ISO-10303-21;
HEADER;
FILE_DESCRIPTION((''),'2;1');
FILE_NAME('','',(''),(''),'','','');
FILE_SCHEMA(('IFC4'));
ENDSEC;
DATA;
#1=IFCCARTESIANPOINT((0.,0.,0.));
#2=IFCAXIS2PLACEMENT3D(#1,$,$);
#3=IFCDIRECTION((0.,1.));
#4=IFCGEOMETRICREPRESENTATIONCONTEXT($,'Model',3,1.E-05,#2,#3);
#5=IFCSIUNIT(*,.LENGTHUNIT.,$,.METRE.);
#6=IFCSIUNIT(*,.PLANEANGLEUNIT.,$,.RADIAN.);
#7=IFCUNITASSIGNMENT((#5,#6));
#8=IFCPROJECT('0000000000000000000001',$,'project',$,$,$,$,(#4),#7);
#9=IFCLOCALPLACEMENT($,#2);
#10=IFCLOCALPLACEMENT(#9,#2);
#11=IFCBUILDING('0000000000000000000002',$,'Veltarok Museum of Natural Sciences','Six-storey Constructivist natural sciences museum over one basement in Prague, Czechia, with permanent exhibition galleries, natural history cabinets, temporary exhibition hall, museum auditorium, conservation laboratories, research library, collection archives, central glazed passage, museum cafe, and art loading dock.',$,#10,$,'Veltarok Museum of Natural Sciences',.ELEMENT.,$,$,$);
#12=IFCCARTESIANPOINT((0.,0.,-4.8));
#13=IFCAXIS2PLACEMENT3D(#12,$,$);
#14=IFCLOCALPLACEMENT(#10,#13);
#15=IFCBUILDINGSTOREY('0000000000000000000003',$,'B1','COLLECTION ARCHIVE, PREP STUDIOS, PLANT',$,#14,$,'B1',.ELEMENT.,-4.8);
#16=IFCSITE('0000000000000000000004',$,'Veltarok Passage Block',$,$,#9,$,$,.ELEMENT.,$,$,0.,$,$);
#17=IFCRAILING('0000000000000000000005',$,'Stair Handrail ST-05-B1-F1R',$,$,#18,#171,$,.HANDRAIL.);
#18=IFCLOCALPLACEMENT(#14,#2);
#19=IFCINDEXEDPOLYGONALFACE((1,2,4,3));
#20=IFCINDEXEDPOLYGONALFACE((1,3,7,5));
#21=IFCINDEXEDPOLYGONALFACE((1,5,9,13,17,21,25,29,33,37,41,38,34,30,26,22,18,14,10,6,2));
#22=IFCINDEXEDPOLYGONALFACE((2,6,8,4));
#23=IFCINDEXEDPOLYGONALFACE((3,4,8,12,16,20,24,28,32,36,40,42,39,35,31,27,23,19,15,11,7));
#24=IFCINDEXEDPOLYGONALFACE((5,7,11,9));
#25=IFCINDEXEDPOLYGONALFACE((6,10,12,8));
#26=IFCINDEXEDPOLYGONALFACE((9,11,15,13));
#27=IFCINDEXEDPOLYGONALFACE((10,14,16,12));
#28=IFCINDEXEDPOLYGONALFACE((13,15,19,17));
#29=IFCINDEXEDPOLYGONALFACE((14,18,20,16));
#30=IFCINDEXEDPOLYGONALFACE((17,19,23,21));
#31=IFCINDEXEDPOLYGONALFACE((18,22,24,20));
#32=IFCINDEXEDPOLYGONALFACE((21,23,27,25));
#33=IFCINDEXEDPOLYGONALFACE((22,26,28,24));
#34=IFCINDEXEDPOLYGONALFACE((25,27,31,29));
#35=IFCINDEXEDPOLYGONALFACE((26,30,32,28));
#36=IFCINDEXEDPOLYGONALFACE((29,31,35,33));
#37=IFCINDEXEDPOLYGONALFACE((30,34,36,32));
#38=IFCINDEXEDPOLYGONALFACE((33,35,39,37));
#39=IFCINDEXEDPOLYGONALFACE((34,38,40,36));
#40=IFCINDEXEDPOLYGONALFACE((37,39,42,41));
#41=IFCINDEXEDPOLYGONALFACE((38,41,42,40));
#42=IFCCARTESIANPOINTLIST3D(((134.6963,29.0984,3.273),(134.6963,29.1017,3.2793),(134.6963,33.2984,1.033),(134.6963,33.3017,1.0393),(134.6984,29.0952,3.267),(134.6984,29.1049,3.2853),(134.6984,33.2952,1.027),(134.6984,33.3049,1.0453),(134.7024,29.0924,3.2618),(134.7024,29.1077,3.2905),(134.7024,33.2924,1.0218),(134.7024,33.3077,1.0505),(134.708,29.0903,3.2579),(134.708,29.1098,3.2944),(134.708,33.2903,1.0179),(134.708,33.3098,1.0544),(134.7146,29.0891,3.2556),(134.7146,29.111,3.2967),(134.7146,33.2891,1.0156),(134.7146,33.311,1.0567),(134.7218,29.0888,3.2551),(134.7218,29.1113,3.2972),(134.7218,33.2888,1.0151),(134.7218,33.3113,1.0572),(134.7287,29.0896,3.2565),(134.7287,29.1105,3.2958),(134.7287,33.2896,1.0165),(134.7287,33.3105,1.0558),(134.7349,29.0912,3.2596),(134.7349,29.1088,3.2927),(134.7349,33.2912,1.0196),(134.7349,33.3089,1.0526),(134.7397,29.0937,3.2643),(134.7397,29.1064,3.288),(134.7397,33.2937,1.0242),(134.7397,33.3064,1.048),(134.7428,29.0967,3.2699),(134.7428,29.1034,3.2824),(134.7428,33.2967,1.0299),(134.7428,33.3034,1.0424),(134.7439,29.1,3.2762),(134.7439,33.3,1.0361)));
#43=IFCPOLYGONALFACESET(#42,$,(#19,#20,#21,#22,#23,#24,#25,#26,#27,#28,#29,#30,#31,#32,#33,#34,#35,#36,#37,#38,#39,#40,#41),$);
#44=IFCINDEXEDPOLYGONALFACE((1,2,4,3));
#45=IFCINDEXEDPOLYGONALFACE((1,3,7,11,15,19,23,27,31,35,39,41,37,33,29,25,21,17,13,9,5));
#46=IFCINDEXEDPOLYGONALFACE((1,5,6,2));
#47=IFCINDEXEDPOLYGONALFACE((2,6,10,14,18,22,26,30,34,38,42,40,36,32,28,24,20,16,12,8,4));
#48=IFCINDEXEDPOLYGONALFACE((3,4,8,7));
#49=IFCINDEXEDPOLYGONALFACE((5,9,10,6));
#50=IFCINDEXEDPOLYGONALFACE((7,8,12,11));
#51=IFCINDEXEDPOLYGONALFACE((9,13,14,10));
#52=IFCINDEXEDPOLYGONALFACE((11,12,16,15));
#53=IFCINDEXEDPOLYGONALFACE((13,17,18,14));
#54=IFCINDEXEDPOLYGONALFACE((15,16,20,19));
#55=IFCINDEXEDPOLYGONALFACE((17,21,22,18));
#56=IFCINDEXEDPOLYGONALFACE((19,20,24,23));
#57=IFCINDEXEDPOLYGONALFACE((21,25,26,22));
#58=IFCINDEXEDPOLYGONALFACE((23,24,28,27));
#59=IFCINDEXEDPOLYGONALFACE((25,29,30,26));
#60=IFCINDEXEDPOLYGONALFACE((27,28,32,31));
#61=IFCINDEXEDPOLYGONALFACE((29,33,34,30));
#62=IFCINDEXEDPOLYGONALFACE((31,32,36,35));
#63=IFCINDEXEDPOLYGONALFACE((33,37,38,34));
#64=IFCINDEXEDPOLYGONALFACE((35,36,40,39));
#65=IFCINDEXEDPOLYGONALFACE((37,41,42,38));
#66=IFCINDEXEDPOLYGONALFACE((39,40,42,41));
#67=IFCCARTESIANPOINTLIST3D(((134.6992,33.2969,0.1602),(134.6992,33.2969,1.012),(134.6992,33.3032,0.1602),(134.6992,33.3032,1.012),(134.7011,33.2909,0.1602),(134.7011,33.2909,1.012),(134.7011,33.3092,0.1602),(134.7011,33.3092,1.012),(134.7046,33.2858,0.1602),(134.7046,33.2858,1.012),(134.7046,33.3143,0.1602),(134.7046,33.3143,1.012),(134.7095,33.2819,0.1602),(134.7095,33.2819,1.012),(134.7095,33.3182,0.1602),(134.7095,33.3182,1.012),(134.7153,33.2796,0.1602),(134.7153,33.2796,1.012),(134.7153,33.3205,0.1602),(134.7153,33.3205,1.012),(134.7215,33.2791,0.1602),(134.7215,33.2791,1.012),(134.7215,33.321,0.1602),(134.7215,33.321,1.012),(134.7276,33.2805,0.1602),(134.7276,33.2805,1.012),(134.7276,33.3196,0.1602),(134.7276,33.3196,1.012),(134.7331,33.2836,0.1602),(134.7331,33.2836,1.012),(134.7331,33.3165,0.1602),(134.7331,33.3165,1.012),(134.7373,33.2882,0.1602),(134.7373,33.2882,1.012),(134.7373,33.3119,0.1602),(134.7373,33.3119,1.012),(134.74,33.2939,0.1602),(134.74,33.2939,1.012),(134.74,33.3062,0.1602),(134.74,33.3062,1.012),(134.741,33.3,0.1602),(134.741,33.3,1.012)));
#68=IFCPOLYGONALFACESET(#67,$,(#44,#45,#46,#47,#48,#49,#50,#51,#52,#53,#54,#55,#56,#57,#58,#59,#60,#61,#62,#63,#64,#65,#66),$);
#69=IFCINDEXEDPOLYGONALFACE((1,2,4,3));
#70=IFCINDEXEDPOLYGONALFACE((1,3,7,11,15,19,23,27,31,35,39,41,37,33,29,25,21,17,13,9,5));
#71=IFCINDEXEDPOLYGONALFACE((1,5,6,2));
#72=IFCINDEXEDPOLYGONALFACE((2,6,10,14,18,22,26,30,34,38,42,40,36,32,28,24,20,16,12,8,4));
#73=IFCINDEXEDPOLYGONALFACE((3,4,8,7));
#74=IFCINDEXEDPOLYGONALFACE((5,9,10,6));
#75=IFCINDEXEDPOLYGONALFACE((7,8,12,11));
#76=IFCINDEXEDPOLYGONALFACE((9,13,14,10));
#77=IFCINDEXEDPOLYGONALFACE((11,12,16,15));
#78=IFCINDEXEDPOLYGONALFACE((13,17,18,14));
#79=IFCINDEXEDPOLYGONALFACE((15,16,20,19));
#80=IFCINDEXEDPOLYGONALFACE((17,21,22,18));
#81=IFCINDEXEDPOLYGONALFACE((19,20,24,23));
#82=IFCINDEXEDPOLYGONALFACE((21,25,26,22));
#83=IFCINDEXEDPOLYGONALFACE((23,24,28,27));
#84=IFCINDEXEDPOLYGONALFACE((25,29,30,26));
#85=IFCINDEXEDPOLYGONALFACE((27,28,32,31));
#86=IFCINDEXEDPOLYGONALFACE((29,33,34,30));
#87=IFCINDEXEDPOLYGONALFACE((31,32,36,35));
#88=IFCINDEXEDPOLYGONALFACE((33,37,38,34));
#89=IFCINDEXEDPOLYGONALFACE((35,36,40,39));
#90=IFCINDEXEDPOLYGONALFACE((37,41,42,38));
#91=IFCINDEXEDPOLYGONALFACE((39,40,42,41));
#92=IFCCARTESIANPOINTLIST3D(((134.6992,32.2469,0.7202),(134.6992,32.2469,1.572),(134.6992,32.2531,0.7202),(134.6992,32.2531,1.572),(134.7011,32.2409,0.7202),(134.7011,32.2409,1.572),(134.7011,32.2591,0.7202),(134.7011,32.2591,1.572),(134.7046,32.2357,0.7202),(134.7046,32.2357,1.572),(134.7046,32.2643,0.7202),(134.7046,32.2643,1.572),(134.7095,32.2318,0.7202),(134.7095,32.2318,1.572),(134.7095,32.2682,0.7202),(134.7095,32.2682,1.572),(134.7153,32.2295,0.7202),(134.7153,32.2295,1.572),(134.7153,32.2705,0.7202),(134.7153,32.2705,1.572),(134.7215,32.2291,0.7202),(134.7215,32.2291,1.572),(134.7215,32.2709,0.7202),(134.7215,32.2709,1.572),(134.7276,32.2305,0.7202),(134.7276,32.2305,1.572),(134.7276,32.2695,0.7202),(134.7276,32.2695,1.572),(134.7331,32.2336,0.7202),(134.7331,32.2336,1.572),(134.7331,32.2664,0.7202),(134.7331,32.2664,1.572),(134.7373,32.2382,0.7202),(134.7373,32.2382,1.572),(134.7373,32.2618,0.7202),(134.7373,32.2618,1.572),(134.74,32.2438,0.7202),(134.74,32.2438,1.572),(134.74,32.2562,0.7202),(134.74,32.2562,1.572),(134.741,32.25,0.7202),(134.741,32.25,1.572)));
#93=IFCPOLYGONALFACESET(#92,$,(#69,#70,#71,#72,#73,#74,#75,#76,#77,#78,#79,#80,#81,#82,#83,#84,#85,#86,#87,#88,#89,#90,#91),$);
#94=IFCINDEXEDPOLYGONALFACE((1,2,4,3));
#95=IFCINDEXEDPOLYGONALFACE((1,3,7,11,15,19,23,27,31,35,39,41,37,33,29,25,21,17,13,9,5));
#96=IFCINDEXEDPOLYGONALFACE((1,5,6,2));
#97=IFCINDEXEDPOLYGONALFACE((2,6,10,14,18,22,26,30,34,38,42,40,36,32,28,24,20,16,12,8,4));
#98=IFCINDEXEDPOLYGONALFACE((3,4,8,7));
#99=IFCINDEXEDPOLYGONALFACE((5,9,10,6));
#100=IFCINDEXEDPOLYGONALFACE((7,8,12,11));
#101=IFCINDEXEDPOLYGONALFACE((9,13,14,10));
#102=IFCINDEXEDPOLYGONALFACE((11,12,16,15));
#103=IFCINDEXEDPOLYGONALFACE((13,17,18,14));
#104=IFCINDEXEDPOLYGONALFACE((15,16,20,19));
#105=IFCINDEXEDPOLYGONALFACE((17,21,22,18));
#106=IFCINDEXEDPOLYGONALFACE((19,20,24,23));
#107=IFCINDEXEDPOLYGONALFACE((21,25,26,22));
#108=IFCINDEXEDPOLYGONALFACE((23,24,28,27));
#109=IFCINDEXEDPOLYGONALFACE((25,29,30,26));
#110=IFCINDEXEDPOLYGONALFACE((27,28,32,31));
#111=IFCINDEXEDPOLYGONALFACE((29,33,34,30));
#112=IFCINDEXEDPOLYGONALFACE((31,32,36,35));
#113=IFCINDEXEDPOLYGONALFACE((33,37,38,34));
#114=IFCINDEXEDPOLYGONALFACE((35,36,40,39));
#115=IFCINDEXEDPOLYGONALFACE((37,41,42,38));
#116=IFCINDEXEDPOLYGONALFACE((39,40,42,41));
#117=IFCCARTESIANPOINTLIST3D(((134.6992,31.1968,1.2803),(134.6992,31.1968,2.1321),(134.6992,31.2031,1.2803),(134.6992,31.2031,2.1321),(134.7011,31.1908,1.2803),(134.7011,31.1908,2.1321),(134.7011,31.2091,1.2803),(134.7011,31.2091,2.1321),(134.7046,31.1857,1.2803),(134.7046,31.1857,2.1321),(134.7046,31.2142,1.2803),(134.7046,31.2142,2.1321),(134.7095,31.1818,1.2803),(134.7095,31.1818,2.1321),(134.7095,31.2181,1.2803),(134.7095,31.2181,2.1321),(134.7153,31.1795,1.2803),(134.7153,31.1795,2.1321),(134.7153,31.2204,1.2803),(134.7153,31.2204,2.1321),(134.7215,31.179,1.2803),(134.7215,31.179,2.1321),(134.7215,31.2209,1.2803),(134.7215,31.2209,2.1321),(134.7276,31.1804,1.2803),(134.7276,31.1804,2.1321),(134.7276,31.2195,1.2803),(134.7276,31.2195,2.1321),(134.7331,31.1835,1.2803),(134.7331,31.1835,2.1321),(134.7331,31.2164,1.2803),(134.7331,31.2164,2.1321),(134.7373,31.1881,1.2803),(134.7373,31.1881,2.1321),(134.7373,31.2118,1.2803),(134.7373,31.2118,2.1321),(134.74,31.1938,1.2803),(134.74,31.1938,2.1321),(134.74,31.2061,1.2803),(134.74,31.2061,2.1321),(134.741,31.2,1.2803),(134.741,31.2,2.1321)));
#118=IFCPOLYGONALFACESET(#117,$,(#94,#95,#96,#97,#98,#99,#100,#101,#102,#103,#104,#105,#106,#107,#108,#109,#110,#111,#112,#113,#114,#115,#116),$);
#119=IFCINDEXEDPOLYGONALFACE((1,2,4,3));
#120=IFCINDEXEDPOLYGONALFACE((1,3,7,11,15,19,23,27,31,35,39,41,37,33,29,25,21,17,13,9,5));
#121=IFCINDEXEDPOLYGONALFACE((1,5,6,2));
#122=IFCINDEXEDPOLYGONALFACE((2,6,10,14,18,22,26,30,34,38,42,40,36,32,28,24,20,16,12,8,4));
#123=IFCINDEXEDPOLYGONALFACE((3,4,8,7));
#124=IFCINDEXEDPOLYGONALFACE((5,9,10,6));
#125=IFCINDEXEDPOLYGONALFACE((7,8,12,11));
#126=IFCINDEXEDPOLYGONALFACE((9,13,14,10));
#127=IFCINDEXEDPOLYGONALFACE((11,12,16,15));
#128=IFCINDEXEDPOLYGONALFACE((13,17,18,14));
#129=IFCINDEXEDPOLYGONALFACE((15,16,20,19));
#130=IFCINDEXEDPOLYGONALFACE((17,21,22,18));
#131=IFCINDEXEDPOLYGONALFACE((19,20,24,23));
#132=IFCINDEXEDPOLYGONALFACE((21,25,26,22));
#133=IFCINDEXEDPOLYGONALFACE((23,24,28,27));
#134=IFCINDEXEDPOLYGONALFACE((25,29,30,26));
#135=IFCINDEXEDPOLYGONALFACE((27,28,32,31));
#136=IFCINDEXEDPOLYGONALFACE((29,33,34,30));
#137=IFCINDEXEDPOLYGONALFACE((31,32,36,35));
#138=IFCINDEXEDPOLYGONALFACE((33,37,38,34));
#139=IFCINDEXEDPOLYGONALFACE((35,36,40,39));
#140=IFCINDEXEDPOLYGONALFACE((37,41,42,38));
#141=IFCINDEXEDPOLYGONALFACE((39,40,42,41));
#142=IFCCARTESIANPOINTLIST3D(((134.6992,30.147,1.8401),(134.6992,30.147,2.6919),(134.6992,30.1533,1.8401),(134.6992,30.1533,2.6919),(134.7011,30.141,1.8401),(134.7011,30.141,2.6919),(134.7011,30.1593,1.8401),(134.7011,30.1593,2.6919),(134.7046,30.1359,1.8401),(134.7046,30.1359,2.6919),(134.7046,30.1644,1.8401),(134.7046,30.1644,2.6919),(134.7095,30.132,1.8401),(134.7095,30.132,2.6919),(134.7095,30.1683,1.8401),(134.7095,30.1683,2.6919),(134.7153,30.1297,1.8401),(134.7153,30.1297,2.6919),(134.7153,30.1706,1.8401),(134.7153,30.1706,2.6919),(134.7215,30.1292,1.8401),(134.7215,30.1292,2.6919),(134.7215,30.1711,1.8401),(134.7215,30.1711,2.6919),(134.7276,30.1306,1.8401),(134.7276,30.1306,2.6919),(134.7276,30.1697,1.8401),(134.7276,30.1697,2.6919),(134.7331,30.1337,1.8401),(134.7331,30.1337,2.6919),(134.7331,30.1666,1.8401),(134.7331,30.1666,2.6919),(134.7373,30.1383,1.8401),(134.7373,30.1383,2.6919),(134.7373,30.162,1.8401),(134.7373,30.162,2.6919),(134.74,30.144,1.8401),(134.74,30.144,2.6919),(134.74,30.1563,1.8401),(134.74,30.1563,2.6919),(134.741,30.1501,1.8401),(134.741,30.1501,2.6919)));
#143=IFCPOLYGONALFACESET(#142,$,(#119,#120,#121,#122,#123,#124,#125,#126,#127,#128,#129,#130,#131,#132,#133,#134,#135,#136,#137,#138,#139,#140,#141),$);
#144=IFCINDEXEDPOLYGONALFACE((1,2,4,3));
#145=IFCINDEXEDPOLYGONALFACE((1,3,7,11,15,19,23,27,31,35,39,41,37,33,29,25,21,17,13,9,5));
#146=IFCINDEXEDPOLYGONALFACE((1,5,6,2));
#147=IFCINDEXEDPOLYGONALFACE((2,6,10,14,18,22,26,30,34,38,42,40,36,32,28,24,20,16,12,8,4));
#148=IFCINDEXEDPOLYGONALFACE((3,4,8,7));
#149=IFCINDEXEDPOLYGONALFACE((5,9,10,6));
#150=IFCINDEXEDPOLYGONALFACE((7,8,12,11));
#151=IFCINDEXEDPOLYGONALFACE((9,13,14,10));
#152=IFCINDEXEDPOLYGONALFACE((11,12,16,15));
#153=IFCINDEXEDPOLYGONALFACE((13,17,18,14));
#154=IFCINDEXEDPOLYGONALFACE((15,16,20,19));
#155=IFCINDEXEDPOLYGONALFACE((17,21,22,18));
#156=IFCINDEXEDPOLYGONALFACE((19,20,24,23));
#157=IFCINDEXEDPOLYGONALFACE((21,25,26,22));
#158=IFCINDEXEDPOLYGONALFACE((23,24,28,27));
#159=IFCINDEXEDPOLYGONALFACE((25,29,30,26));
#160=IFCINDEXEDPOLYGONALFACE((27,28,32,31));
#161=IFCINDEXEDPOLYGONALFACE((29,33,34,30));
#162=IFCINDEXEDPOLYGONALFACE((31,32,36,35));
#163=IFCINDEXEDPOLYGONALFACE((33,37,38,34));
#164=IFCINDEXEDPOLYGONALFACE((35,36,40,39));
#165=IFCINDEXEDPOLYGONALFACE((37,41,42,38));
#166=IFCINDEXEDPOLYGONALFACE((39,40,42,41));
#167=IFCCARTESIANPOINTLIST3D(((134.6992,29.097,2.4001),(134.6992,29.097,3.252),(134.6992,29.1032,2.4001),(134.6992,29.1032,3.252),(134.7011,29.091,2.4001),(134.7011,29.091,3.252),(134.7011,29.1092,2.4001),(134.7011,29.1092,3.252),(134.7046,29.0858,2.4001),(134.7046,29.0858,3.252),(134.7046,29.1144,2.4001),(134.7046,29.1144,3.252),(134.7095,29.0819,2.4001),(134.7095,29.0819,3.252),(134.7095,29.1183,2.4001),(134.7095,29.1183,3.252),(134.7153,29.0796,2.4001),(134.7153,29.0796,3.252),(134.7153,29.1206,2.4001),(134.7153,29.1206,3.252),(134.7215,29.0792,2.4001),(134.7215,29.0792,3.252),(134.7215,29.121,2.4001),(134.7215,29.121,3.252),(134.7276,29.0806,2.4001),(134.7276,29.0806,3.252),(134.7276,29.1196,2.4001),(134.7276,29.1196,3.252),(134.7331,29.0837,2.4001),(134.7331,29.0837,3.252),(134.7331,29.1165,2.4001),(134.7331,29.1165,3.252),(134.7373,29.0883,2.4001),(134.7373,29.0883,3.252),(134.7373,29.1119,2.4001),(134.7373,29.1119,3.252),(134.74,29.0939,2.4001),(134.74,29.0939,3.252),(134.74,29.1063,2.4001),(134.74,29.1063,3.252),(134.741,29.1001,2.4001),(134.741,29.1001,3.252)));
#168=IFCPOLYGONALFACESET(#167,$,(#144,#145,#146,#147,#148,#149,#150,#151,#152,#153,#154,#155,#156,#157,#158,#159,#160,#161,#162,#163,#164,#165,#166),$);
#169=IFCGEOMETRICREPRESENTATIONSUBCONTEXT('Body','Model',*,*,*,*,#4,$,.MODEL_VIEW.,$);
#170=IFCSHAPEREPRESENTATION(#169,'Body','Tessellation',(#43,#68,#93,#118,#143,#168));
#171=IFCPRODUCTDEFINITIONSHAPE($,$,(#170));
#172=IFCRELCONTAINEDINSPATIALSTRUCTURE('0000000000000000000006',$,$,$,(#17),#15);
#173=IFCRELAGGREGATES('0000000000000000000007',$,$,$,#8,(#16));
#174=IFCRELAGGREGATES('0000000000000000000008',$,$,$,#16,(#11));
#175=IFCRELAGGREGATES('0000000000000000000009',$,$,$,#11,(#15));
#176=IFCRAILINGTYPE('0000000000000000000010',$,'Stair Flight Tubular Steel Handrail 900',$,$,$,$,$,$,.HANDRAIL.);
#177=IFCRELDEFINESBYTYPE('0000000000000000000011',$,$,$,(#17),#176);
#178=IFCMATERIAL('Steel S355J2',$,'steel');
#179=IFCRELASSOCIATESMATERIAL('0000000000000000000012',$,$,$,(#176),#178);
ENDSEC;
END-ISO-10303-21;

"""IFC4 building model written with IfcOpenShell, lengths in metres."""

from ifc_helpers import new_model, si_unit, direction, frame, origin, origin_2d, place, context, subcontext, project, spatial, circle, extrude, material, type_object, element, save


model = new_model("IFC4")

# Units and contexts
model_context = context("Model", 3, precision=1e-05, world=origin(), true_north=direction((0.0, 1.0)))
body_context = subcontext(model_context, "Body", "Model", "MODEL_VIEW")
ifc_project = project(units=[si_unit("LENGTHUNIT", "METRE"), si_unit("PLANEANGLEUNIT", "RADIAN")], contexts=[model_context])

# Site, building, storey
site_placement = place(None, origin())
site = spatial("IfcSite", under=ifc_project, at=site_placement, Name="Veltarok Passage Block", CompositionType="ELEMENT", RefElevation=0.0)
building_placement = place(site_placement, origin())
building = spatial("IfcBuilding", under=site, at=building_placement, Name="Veltarok Museum of Natural Sciences", Description="Six-storey Constructivist natural sciences museum over one basement in Prague, Czechia, with permanent exhibition galleries, natural history cabinets, temporary exhibition hall, museum auditorium, conservation laboratories, research library, collection archives, central glazed passage, museum cafe, and art loading dock.", LongName="Veltarok Museum of Natural Sciences", CompositionType="ELEMENT")
storey_placement = place(building_placement, frame((0.0, 0.0, -4.8)))
storey = spatial("IfcBuildingStorey", under=building, at=storey_placement, Name="B1", Description="COLLECTION ARCHIVE, PREP STUDIOS, PLANT", LongName="B1", CompositionType="ELEMENT", Elevation=-4.8)

# Shared definitions
ifc_material_1 = material(Name="Steel S355J2", Category="steel")

# Railing
railing_type_1 = type_object("IfcRailingType", Name="Stair Flight Tubular Steel Handrail 900", PredefinedType="HANDRAIL", material=ifc_material_1)
for number, where, name in (
    (1, (134.72, 33.3, 0.1602), "Stair Handrail ST-05-B1-F1R"),
):
    element("IfcRailing", number, at=place(storey_placement, frame(where)), inside=storey, type_object=railing_type_1, Name=name, PredefinedType="HANDRAIL", context=body_context, shape_type="SweptSolid", body=[
        extrude(circle(Radius=0.0239, at=origin_2d()), frame((0.0, 0.0, 0.876), z_axis=(0.0, -0.882352, 0.470591), x_axis=(1.0, 0.0, 0.0)), (0.0, 0.0, 1.0), 4.76),
        extrude(circle(Radius=0.021, at=origin_2d()), origin(), (0.0, 0.0, 1.0), 0.8518),
        extrude(circle(Radius=0.021, at=origin_2d()), frame((0.0, -1.05, 0.5601)), (0.0, 0.0, 1.0), 0.8518),
        extrude(circle(Radius=0.021, at=origin_2d()), frame((0.0, -2.1001, 1.1201)), (0.0, 0.0, 1.0), 0.8518),
        extrude(circle(Radius=0.021, at=origin_2d()), frame((0.0, -3.1499, 1.6799)), (0.0, 0.0, 1.0), 0.8518),
        extrude(circle(Radius=0.021, at=origin_2d()), frame((0.0, -4.2, 2.24)), (0.0, 0.0, 1.0), 0.8518),
    ])

save(model, "model.ifc")
